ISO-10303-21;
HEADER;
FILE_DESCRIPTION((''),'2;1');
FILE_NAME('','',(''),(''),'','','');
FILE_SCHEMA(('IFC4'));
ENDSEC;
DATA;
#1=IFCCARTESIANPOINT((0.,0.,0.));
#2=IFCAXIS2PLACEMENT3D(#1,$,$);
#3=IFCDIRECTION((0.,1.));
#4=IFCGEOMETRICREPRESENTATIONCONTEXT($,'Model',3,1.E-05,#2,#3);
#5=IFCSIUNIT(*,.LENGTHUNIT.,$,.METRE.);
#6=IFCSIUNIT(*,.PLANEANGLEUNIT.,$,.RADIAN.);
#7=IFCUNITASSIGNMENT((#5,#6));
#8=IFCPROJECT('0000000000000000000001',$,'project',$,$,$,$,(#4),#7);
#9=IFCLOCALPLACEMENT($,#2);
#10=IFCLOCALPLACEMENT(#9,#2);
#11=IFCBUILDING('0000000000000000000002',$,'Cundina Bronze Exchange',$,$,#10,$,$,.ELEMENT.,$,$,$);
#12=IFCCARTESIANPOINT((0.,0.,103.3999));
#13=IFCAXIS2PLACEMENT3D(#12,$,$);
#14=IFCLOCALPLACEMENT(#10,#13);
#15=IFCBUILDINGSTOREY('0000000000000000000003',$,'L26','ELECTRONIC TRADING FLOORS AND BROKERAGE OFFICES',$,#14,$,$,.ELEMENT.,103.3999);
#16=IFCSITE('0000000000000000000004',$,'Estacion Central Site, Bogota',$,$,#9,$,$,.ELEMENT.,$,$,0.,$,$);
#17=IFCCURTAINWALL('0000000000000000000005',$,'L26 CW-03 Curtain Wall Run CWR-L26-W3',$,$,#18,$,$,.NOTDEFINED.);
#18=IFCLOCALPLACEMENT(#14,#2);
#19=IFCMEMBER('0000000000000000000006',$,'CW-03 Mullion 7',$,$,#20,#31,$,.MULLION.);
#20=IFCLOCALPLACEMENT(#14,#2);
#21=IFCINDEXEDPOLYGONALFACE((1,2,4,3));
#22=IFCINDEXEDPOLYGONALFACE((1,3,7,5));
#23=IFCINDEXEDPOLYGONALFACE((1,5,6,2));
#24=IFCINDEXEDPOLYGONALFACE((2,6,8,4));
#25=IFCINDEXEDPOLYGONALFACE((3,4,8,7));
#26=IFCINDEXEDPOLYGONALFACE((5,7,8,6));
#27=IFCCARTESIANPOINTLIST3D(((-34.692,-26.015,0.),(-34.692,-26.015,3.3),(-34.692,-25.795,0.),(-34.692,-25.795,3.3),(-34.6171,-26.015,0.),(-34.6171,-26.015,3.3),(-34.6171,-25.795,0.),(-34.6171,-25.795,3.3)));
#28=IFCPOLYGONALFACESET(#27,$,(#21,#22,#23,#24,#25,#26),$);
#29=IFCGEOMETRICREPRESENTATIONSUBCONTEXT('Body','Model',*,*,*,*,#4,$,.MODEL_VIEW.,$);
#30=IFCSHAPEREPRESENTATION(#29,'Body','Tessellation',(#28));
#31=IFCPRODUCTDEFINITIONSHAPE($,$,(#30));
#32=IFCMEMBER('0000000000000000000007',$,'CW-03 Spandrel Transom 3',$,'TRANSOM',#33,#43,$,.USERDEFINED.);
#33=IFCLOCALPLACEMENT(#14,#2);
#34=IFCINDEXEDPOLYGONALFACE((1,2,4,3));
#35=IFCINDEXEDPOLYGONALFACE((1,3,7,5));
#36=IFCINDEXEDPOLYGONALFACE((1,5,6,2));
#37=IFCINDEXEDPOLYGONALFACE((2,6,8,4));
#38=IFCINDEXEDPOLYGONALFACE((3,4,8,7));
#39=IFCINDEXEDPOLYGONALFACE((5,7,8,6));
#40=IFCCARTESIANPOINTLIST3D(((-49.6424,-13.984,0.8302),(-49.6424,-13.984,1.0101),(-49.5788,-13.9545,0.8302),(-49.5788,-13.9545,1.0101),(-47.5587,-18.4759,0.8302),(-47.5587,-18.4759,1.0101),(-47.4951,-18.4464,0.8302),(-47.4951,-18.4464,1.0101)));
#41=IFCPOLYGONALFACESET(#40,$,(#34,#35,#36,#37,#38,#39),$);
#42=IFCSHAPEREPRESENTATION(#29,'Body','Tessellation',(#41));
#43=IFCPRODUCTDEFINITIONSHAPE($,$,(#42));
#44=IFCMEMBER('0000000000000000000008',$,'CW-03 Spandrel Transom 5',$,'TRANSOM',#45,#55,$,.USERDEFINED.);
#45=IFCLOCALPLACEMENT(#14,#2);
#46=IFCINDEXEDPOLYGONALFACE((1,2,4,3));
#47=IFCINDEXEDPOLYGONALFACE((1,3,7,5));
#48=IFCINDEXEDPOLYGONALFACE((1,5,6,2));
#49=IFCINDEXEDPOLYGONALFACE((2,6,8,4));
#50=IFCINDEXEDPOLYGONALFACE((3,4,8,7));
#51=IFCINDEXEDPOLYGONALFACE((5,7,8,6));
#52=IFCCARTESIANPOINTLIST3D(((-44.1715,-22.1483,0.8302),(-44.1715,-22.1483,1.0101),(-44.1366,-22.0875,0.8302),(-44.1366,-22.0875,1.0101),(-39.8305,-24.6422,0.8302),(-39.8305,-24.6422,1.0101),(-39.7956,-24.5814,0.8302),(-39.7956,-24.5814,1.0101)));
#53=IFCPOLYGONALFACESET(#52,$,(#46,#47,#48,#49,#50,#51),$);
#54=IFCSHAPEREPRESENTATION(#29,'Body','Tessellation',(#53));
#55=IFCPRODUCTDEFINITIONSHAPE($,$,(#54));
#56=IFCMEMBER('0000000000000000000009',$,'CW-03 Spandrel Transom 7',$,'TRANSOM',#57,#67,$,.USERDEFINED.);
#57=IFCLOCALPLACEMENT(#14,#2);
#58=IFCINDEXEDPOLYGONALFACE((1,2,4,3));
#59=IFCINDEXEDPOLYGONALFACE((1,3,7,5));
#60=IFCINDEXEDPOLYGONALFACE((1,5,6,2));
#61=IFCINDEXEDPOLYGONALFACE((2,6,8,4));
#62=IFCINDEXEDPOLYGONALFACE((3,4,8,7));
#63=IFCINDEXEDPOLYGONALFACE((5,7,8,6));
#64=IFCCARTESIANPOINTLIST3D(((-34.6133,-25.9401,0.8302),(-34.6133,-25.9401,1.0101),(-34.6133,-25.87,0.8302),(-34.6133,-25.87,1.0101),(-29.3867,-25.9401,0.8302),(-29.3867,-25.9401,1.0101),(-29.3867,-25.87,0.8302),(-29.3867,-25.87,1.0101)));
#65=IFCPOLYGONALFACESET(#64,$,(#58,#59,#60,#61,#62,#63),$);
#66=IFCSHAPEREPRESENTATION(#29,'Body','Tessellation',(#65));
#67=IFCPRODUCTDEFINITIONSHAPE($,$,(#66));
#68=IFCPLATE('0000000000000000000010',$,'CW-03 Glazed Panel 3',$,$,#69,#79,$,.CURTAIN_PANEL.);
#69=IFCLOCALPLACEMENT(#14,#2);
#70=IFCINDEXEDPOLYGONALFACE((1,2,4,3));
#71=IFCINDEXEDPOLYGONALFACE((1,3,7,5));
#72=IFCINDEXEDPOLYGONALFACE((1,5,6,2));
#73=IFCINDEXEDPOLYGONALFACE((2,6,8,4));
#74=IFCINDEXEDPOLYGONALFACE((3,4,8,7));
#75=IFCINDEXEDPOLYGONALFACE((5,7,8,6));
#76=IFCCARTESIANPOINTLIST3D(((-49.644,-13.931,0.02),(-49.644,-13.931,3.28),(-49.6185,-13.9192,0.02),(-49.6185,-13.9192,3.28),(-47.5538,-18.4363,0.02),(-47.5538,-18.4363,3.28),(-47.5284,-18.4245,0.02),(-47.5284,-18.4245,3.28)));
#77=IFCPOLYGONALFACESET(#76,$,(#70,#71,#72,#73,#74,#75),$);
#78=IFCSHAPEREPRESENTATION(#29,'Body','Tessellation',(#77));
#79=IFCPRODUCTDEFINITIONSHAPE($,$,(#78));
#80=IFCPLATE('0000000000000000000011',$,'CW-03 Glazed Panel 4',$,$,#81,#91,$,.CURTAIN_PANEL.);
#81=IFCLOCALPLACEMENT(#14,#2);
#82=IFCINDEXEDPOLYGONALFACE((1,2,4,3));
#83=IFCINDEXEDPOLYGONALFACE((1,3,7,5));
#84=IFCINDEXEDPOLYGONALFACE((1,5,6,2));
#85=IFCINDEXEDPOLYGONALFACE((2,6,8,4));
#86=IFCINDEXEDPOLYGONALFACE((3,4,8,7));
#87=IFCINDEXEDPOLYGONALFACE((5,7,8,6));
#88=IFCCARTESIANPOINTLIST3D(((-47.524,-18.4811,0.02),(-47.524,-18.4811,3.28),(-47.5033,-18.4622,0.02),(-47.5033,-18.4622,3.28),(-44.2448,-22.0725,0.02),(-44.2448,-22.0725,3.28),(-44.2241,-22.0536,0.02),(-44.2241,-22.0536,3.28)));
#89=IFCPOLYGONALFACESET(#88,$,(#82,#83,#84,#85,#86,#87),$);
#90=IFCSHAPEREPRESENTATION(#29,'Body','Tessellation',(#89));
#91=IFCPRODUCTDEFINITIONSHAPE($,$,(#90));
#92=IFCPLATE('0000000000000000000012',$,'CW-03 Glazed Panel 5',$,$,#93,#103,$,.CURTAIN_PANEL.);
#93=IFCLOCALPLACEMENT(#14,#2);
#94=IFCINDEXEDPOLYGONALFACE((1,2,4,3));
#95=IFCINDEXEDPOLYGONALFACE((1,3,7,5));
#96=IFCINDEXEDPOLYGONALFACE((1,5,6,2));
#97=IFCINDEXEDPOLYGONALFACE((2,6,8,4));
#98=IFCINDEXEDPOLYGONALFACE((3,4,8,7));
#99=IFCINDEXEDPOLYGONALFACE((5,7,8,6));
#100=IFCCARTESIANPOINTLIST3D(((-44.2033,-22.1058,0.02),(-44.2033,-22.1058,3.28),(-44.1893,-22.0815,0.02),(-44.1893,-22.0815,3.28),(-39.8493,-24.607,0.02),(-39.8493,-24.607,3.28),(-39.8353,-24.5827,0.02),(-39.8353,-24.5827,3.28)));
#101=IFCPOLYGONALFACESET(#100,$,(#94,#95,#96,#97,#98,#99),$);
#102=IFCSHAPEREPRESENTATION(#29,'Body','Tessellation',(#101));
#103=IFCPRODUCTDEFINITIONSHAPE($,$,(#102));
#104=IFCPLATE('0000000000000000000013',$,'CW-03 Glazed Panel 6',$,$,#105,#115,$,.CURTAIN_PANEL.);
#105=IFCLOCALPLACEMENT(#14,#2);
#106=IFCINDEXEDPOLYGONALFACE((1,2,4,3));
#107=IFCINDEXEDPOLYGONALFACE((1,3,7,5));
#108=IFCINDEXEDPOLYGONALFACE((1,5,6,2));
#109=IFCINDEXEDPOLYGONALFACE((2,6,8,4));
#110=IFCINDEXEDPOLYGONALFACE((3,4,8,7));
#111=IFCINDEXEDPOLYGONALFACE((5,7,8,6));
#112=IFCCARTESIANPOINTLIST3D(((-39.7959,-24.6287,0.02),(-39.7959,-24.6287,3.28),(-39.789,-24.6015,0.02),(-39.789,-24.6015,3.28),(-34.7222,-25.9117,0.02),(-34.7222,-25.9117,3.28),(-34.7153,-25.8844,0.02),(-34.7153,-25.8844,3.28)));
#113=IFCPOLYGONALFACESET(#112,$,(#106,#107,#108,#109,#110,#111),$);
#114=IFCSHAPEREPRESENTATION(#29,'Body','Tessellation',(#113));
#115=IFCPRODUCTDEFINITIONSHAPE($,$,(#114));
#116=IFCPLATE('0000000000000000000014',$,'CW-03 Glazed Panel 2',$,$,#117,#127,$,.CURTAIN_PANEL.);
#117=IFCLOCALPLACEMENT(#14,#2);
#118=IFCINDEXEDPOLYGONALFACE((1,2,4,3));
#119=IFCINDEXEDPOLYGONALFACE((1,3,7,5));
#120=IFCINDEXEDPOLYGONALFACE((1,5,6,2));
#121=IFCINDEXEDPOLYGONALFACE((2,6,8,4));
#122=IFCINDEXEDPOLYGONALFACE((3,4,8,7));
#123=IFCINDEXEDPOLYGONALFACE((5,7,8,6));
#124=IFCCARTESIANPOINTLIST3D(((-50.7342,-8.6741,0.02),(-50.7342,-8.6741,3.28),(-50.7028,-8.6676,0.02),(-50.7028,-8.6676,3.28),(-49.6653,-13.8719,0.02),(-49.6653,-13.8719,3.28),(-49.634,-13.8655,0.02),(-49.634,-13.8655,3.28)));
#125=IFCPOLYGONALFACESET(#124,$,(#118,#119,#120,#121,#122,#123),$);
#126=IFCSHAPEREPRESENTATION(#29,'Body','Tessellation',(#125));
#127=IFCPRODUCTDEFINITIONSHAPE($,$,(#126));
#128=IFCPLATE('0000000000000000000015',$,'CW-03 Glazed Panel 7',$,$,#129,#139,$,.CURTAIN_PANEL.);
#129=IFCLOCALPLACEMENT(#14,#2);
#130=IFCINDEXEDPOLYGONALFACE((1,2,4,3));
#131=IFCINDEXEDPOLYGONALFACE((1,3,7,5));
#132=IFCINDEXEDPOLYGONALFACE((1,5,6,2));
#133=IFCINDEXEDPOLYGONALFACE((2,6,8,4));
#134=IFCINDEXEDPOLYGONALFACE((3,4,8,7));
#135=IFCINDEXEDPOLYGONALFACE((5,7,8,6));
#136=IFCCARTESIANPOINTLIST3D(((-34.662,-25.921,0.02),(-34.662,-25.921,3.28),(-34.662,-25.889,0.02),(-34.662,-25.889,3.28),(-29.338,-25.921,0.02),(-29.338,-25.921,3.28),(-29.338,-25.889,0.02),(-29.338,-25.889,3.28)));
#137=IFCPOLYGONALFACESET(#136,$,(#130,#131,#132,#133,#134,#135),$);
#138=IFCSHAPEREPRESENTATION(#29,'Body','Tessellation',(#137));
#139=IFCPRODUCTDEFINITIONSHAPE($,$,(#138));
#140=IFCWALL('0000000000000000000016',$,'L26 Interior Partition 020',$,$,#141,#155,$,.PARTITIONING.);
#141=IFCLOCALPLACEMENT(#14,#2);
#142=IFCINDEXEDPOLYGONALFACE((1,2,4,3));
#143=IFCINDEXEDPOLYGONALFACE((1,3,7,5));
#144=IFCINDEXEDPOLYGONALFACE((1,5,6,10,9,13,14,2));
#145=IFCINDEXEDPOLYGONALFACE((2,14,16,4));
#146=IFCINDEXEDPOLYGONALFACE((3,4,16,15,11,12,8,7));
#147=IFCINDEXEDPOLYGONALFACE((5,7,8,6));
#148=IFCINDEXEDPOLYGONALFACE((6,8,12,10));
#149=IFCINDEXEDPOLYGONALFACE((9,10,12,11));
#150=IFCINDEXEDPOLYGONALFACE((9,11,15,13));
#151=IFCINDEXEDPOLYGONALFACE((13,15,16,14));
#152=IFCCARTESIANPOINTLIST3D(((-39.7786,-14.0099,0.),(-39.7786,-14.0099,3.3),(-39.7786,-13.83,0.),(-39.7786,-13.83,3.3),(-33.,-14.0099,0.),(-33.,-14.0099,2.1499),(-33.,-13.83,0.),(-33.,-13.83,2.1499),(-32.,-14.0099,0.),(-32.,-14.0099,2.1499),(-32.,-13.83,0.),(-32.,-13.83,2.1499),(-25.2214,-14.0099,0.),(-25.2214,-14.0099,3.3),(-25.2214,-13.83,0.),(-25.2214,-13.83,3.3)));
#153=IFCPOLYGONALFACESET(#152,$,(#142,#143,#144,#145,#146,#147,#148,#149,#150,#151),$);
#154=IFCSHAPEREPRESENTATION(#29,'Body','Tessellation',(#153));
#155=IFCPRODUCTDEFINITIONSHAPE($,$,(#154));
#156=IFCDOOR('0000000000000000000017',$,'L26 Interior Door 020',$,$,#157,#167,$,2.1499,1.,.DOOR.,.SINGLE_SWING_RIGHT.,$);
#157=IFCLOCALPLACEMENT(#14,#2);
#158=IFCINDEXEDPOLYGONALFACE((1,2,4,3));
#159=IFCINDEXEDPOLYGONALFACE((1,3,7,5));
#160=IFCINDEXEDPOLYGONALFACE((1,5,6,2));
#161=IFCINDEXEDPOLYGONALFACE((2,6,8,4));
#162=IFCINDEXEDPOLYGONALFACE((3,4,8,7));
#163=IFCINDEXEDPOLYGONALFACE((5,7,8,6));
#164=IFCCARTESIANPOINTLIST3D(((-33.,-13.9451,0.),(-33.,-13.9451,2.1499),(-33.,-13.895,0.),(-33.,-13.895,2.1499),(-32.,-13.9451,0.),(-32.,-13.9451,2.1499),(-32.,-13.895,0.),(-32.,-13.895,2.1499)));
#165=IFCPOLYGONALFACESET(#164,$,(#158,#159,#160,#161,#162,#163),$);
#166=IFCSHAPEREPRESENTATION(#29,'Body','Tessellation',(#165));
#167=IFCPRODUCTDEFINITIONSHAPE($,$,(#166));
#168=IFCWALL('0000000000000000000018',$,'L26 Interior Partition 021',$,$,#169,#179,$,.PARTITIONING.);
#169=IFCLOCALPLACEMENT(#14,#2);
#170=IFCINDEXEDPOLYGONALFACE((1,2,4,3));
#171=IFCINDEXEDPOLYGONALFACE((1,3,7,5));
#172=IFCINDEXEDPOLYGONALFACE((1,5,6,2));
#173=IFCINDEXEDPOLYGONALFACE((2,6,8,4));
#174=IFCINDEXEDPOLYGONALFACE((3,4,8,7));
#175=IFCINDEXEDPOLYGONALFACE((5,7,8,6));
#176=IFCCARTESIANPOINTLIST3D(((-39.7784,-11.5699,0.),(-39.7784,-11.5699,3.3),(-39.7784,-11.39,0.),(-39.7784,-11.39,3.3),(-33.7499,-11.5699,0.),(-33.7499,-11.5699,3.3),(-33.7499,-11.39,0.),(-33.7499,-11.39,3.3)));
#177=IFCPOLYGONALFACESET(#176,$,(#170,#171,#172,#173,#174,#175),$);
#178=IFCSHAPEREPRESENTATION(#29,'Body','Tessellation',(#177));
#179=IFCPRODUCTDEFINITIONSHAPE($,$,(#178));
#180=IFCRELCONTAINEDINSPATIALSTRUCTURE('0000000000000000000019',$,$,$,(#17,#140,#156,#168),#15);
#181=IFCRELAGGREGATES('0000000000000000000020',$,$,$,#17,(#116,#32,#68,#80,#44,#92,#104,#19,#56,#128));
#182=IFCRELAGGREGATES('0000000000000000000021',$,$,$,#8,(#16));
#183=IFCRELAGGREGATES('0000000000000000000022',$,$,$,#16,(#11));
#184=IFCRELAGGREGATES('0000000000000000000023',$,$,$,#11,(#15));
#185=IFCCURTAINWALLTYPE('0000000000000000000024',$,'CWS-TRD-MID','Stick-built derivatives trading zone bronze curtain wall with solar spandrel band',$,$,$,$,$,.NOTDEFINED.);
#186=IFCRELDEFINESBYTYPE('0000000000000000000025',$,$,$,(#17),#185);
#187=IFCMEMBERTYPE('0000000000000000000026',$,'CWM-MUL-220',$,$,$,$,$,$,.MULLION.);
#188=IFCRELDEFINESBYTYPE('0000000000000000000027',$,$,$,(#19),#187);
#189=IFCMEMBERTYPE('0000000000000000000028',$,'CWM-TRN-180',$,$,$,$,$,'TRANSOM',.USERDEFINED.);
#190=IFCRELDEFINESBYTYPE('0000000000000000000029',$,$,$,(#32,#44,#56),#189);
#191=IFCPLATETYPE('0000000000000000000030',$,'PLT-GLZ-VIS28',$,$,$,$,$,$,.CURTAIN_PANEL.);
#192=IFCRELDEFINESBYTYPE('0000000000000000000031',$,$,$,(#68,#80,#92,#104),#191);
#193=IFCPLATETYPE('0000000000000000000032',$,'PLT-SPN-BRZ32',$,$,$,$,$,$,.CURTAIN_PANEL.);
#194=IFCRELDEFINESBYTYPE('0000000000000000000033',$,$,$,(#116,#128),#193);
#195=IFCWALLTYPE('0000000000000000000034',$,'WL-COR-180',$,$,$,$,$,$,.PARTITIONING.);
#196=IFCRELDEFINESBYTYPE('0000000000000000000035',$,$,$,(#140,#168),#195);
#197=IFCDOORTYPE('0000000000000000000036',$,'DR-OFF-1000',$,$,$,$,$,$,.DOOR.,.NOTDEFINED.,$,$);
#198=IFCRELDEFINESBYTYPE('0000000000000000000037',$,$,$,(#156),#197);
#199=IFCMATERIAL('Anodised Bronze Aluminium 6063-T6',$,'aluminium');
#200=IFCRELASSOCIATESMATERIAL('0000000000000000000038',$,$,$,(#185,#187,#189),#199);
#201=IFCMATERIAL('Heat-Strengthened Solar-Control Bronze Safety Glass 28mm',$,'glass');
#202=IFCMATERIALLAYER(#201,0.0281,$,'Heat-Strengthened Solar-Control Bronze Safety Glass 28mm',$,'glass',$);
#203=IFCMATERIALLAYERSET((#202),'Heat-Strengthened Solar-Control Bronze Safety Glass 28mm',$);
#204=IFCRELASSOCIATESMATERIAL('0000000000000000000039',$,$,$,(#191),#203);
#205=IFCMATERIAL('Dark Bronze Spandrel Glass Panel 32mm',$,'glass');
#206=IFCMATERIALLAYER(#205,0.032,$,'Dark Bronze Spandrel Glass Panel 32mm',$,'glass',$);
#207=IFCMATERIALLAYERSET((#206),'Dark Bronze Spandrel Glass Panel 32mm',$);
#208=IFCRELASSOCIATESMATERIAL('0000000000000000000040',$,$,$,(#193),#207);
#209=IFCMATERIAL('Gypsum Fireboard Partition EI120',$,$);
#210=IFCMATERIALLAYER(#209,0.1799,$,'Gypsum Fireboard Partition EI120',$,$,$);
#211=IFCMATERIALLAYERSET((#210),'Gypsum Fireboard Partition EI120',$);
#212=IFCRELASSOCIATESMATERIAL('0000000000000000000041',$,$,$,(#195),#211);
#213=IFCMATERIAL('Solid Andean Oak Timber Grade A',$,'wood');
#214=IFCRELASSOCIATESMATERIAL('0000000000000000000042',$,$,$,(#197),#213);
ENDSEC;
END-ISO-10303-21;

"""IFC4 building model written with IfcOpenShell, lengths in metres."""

from ifc_helpers import new_model, si_unit, direction, frame, frame_2d, origin, origin_2d, place, context, subcontext, project, spatial, rectangle, extrude, material, layer, layer_set, material_profile, profile_set, type_object, element, fill, aggregate, save


model = new_model("IFC4")

# Units and contexts
model_context = context("Model", 3, precision=1e-05, world=origin(), true_north=direction((0.0, 1.0)))
body_context = subcontext(model_context, "Body", "Model", "MODEL_VIEW")
ifc_project = project(units=[si_unit("LENGTHUNIT", "METRE"), si_unit("PLANEANGLEUNIT", "RADIAN")], contexts=[model_context])

# Site, building, storey
site_placement = place(None, origin())
site = spatial("IfcSite", under=ifc_project, at=site_placement, Name="Estacion Central Site, Bogota", CompositionType="ELEMENT", RefElevation=0.0)
building_placement = place(site_placement, origin())
building = spatial("IfcBuilding", under=site, at=building_placement, Name="Cundina Bronze Exchange", CompositionType="ELEMENT")
storey_placement = place(building_placement, frame((0.0, 0.0, 103.3999)))
storey = spatial("IfcBuildingStorey", under=building, at=storey_placement, Name="L26", Description="ELECTRONIC TRADING FLOORS AND BROKERAGE OFFICES", CompositionType="ELEMENT", Elevation=103.3999)

# Curtain wall, members, plates
ifc_material_1 = material(Name="Anodised Bronze Aluminium 6063-T6", Category="aluminium")
curtain_wall_type = type_object("IfcCurtainWallType", Name="CWS-TRD-MID", Description="Stick-built derivatives trading zone bronze curtain wall with solar spandrel band", PredefinedType="NOTDEFINED", material=ifc_material_1)
curtain_wall_placement = place(storey_placement, origin())
curtain_wall = element("IfcCurtainWall", 1, at=curtain_wall_placement, inside=storey, type_object=curtain_wall_type, Name="L26 CW-03 Curtain Wall Run CWR-L26-W3", PredefinedType="NOTDEFINED")
ifc_material_profile_1 = material_profile(ifc_material_1, rectangle(XDim=0.075, YDim=0.22, at=origin_2d()), Name="AL75X220", Category="aluminium")
ifc_profile_set_1 = profile_set([ifc_material_profile_1], Name="Anodised Bronze Aluminium 6063-T6")
member_type_1 = type_object("IfcMemberType", Name="CWM-MUL-220", PredefinedType="MULLION", material=ifc_profile_set_1)
member_1_placement = place(storey_placement, frame((-34.6545, -25.905, 0.0), z_axis=(0.0, 0.0, 1.0), x_axis=(1.0, 0.0, 0.0)))
member_1 = element("IfcMember", 2, at=member_1_placement, type_object=member_type_1, Name="CW-03 Mullion 7", PredefinedType="MULLION", context=body_context, shape_type="SweptSolid", body=[
    extrude(rectangle(XDim=0.075, YDim=0.22, at=origin_2d()), origin(), (0.0, 0.0, 1.0), 3.3),
])
ifc_material_profile_2 = material_profile(ifc_material_1, rectangle(XDim=0.0701, YDim=0.1799, at=origin_2d()), Name="AL70X180", Category="aluminium")
ifc_profile_set_2 = profile_set([ifc_material_profile_2], Name="Anodised Bronze Aluminium 6063-T6")
member_type_2 = type_object("IfcMemberType", Name="CWM-TRN-180", ElementType="TRANSOM", PredefinedType="USERDEFINED", material=ifc_profile_set_2)
member_2_placement = place(storey_placement, frame((-49.6106, -13.9692, 0.9202), z_axis=(0.420811, -0.907148, 0.0), x_axis=(0.907148, 0.420811, 0.0)))
member_2 = element("IfcMember", 3, at=member_2_placement, type_object=member_type_2, Name="CW-03 Spandrel Transom 3", ObjectType="TRANSOM", PredefinedType="USERDEFINED", context=body_context, shape_type="SweptSolid", body=[
    extrude(rectangle(XDim=0.0701, YDim=0.1799, at=origin_2d()), origin(), (0.0, 0.0, 1.0), 4.9517),
])
member_3_placement = place(storey_placement, frame((-44.1541, -22.1179, 0.9202), z_axis=(0.867097, -0.498139, 0.0), x_axis=(0.498139, 0.867097, 0.0)))
member_3 = element("IfcMember", 4, at=member_3_placement, type_object=member_type_2, Name="CW-03 Spandrel Transom 5", ObjectType="TRANSOM", PredefinedType="USERDEFINED", context=body_context, shape_type="SweptSolid", body=[
    extrude(rectangle(XDim=0.0701, YDim=0.1799, at=origin_2d()), origin(), (0.0, 0.0, 1.0), 5.0063),
])
member_4_placement = place(storey_placement, frame((-34.6133, -25.905, 0.9202), z_axis=(1.0, 0.0, 0.0), x_axis=(0.0, 1.0, 0.0)))
member_4 = element("IfcMember", 5, at=member_4_placement, type_object=member_type_2, Name="CW-03 Spandrel Transom 7", ObjectType="TRANSOM", PredefinedType="USERDEFINED", context=body_context, shape_type="SweptSolid", body=[
    extrude(rectangle(XDim=0.0701, YDim=0.1799, at=origin_2d()), origin(), (0.0, 0.0, 1.0), 5.2266),
])
ifc_material_2 = material(Name="Heat-Strengthened Solar-Control Bronze Safety Glass 28mm", Category="glass")
ifc_layer_1 = layer(ifc_material_2, 0.0281, Name="Heat-Strengthened Solar-Control Bronze Safety Glass 28mm", Category="glass")
ifc_layer_set_1 = layer_set([ifc_layer_1], Name="Heat-Strengthened Solar-Control Bronze Safety Glass 28mm")
plate_type_1 = type_object("IfcPlateType", Name="PLT-GLZ-VIS28", PredefinedType="CURTAIN_PANEL", material=ifc_layer_set_1)
plate_1_placement = place(storey_placement, frame((-48.5862, -16.1777, 0.02), z_axis=(0.0, 0.0, 1.0), x_axis=(0.420846, -0.907132, 0.0)))
plate_1 = element("IfcPlate", 6, at=plate_1_placement, type_object=plate_type_1, Name="CW-03 Glazed Panel 3", PredefinedType="CURTAIN_PANEL", context=body_context, shape_type="SweptSolid", body=[
    extrude(rectangle(XDim=4.9666, YDim=0.0281, at=origin_2d()), origin(), (0.0, 0.0, 1.0), 3.26),
])
plate_2_placement = place(storey_placement, frame((-45.874, -20.2673, 0.02), z_axis=(0.0, 0.0, 1.0), x_axis=(0.674277, -0.738479, 0.0)))
plate_2 = element("IfcPlate", 7, at=plate_2_placement, type_object=plate_type_1, Name="CW-03 Glazed Panel 4", PredefinedType="CURTAIN_PANEL", context=body_context, shape_type="SweptSolid", body=[
    extrude(rectangle(XDim=4.8633, YDim=0.0281, at=origin_2d()), origin(), (0.0, 0.0, 1.0), 3.26),
])
plate_3_placement = place(storey_placement, frame((-42.0193, -23.3442, 0.02), z_axis=(0.0, 0.0, 1.0), x_axis=(0.867105, -0.498125, 0.0)))
plate_3 = element("IfcPlate", 8, at=plate_3_placement, type_object=plate_type_1, Name="CW-03 Glazed Panel 5", PredefinedType="CURTAIN_PANEL", context=body_context, shape_type="SweptSolid", body=[
    extrude(rectangle(XDim=5.0212, YDim=0.0281, at=origin_2d()), origin(), (0.0, 0.0, 1.0), 3.26),
])
plate_4_placement = place(storey_placement, frame((-37.2556, -25.2566, 0.02), z_axis=(0.0, 0.0, 1.0), x_axis=(0.969488, -0.245138, 0.0)))
plate_4 = element("IfcPlate", 9, at=plate_4_placement, type_object=plate_type_1, Name="CW-03 Glazed Panel 6", PredefinedType="CURTAIN_PANEL", context=body_context, shape_type="SweptSolid", body=[
    extrude(rectangle(XDim=5.2334, YDim=0.0281, at=origin_2d()), origin(), (0.0, 0.0, 1.0), 3.26),
])
ifc_material_3 = material(Name="Dark Bronze Spandrel Glass Panel 32mm", Category="glass")
ifc_layer_2 = layer(ifc_material_3, 0.032, Name="Dark Bronze Spandrel Glass Panel 32mm", Category="glass")
ifc_layer_set_2 = layer_set([ifc_layer_2], Name="Dark Bronze Spandrel Glass Panel 32mm")
plate_type_2 = type_object("IfcPlateType", Name="PLT-SPN-BRZ32", PredefinedType="CURTAIN_PANEL", material=ifc_layer_set_2)
plate_5_placement = place(storey_placement, frame((-50.1841, -11.2698, 0.02), z_axis=(0.0, 0.0, 1.0), x_axis=(0.20142, -0.979505, 0.0)))
plate_5 = element("IfcPlate", 10, at=plate_5_placement, type_object=plate_type_2, Name="CW-03 Glazed Panel 2", PredefinedType="CURTAIN_PANEL", context=body_context, shape_type="SweptSolid", body=[
    extrude(rectangle(XDim=5.3066, YDim=0.032, at=origin_2d()), origin(), (0.0, 0.0, 1.0), 3.26),
])
plate_6_placement = place(storey_placement, frame((-32.0, -25.905, 0.02), z_axis=(0.0, 0.0, 1.0), x_axis=(1.0, 0.0, 0.0)))
plate_6 = element("IfcPlate", 11, at=plate_6_placement, type_object=plate_type_2, Name="CW-03 Glazed Panel 7", PredefinedType="CURTAIN_PANEL", context=body_context, shape_type="SweptSolid", body=[
    extrude(rectangle(XDim=5.324, YDim=0.032, at=origin_2d()), origin(), (0.0, 0.0, 1.0), 3.26),
])
aggregate(curtain_wall, [plate_5, member_2, plate_1, plate_2, member_3, plate_3, plate_4, member_1, member_4, plate_6])

# Wall, opening, door
ifc_material_4 = material(Name="Gypsum Fireboard Partition EI120")
ifc_layer_3 = layer(ifc_material_4, 0.1799, Name="Gypsum Fireboard Partition EI120")
ifc_layer_set_3 = layer_set([ifc_layer_3], Name="Gypsum Fireboard Partition EI120")
wall_type = type_object("IfcWallType", Name="WL-COR-180", PredefinedType="PARTITIONING", material=ifc_layer_set_3)
wall_1_placement = place(storey_placement, frame((-39.7786, -13.9199, 0.0), z_axis=(0.0, 0.0, 1.0), x_axis=(1.0, 0.0, 0.0)))
wall_1 = element("IfcWall", 12, at=wall_1_placement, inside=storey, type_object=wall_type, Name="L26 Interior Partition 020", PredefinedType="PARTITIONING", context=body_context, shape_type="SweptSolid", body=[
    extrude(rectangle(XDim=14.5571, YDim=0.1799, at=frame_2d((7.2786, 0.0))), origin(), (0.0, 0.0, 1.0), 3.3),
])
opening_placement = place(wall_1_placement, frame((6.7786, 0.0, 0.0)))
opening = element("IfcOpeningElement", 13, at=opening_placement, cuts=wall_1, PredefinedType="OPENING", context=body_context, shape_type="SweptSolid", body=[
    extrude(rectangle(XDim=1.0, YDim=2.1499, at=frame_2d((0.5, 1.075))), frame((0.0, 0.0999, 0.0), z_axis=(0.0, -1.0, 0.0), x_axis=(1.0, 0.0, 0.0)), (0.0, 0.0, 1.0), 0.2),
])
ifc_material_5 = material(Name="Solid Andean Oak Timber Grade A", Category="wood")
door_type = type_object("IfcDoorType", Name="DR-OFF-1000", OperationType="NOTDEFINED", PredefinedType="DOOR", material=ifc_material_5)
door_placement = place(opening_placement, origin())
door = element("IfcDoor", 14, at=door_placement, inside=storey, type_object=door_type, Name="L26 Interior Door 020", OperationType="SINGLE_SWING_RIGHT", OverallHeight=2.1499, OverallWidth=1.0, PredefinedType="DOOR", context=body_context, shape_type="SweptSolid", body=[
    extrude(rectangle(XDim=1.0, YDim=2.1499, at=frame_2d((0.5, 1.075))), frame((0.0, 0.0249, 0.0), z_axis=(0.0, -1.0, 0.0), x_axis=(1.0, 0.0, 0.0)), (0.0, 0.0, 1.0), 0.05),
])
fill(opening, door)

# Wall
wall_2_placement = place(storey_placement, frame((-33.75, -11.48, 0.0), z_axis=(0.0, 0.0, 1.0), x_axis=(-1.0, 0.0, 0.0)))
element("IfcWall", 15, at=wall_2_placement, inside=storey, type_object=wall_type, Name="L26 Interior Partition 021", PredefinedType="PARTITIONING", context=body_context, shape_type="SweptSolid", body=[
    extrude(rectangle(XDim=6.0286, YDim=0.1799, at=frame_2d((3.0142, 0.0))), origin(), (0.0, 0.0, 1.0), 3.3),
])

save(model, "model.ifc")
